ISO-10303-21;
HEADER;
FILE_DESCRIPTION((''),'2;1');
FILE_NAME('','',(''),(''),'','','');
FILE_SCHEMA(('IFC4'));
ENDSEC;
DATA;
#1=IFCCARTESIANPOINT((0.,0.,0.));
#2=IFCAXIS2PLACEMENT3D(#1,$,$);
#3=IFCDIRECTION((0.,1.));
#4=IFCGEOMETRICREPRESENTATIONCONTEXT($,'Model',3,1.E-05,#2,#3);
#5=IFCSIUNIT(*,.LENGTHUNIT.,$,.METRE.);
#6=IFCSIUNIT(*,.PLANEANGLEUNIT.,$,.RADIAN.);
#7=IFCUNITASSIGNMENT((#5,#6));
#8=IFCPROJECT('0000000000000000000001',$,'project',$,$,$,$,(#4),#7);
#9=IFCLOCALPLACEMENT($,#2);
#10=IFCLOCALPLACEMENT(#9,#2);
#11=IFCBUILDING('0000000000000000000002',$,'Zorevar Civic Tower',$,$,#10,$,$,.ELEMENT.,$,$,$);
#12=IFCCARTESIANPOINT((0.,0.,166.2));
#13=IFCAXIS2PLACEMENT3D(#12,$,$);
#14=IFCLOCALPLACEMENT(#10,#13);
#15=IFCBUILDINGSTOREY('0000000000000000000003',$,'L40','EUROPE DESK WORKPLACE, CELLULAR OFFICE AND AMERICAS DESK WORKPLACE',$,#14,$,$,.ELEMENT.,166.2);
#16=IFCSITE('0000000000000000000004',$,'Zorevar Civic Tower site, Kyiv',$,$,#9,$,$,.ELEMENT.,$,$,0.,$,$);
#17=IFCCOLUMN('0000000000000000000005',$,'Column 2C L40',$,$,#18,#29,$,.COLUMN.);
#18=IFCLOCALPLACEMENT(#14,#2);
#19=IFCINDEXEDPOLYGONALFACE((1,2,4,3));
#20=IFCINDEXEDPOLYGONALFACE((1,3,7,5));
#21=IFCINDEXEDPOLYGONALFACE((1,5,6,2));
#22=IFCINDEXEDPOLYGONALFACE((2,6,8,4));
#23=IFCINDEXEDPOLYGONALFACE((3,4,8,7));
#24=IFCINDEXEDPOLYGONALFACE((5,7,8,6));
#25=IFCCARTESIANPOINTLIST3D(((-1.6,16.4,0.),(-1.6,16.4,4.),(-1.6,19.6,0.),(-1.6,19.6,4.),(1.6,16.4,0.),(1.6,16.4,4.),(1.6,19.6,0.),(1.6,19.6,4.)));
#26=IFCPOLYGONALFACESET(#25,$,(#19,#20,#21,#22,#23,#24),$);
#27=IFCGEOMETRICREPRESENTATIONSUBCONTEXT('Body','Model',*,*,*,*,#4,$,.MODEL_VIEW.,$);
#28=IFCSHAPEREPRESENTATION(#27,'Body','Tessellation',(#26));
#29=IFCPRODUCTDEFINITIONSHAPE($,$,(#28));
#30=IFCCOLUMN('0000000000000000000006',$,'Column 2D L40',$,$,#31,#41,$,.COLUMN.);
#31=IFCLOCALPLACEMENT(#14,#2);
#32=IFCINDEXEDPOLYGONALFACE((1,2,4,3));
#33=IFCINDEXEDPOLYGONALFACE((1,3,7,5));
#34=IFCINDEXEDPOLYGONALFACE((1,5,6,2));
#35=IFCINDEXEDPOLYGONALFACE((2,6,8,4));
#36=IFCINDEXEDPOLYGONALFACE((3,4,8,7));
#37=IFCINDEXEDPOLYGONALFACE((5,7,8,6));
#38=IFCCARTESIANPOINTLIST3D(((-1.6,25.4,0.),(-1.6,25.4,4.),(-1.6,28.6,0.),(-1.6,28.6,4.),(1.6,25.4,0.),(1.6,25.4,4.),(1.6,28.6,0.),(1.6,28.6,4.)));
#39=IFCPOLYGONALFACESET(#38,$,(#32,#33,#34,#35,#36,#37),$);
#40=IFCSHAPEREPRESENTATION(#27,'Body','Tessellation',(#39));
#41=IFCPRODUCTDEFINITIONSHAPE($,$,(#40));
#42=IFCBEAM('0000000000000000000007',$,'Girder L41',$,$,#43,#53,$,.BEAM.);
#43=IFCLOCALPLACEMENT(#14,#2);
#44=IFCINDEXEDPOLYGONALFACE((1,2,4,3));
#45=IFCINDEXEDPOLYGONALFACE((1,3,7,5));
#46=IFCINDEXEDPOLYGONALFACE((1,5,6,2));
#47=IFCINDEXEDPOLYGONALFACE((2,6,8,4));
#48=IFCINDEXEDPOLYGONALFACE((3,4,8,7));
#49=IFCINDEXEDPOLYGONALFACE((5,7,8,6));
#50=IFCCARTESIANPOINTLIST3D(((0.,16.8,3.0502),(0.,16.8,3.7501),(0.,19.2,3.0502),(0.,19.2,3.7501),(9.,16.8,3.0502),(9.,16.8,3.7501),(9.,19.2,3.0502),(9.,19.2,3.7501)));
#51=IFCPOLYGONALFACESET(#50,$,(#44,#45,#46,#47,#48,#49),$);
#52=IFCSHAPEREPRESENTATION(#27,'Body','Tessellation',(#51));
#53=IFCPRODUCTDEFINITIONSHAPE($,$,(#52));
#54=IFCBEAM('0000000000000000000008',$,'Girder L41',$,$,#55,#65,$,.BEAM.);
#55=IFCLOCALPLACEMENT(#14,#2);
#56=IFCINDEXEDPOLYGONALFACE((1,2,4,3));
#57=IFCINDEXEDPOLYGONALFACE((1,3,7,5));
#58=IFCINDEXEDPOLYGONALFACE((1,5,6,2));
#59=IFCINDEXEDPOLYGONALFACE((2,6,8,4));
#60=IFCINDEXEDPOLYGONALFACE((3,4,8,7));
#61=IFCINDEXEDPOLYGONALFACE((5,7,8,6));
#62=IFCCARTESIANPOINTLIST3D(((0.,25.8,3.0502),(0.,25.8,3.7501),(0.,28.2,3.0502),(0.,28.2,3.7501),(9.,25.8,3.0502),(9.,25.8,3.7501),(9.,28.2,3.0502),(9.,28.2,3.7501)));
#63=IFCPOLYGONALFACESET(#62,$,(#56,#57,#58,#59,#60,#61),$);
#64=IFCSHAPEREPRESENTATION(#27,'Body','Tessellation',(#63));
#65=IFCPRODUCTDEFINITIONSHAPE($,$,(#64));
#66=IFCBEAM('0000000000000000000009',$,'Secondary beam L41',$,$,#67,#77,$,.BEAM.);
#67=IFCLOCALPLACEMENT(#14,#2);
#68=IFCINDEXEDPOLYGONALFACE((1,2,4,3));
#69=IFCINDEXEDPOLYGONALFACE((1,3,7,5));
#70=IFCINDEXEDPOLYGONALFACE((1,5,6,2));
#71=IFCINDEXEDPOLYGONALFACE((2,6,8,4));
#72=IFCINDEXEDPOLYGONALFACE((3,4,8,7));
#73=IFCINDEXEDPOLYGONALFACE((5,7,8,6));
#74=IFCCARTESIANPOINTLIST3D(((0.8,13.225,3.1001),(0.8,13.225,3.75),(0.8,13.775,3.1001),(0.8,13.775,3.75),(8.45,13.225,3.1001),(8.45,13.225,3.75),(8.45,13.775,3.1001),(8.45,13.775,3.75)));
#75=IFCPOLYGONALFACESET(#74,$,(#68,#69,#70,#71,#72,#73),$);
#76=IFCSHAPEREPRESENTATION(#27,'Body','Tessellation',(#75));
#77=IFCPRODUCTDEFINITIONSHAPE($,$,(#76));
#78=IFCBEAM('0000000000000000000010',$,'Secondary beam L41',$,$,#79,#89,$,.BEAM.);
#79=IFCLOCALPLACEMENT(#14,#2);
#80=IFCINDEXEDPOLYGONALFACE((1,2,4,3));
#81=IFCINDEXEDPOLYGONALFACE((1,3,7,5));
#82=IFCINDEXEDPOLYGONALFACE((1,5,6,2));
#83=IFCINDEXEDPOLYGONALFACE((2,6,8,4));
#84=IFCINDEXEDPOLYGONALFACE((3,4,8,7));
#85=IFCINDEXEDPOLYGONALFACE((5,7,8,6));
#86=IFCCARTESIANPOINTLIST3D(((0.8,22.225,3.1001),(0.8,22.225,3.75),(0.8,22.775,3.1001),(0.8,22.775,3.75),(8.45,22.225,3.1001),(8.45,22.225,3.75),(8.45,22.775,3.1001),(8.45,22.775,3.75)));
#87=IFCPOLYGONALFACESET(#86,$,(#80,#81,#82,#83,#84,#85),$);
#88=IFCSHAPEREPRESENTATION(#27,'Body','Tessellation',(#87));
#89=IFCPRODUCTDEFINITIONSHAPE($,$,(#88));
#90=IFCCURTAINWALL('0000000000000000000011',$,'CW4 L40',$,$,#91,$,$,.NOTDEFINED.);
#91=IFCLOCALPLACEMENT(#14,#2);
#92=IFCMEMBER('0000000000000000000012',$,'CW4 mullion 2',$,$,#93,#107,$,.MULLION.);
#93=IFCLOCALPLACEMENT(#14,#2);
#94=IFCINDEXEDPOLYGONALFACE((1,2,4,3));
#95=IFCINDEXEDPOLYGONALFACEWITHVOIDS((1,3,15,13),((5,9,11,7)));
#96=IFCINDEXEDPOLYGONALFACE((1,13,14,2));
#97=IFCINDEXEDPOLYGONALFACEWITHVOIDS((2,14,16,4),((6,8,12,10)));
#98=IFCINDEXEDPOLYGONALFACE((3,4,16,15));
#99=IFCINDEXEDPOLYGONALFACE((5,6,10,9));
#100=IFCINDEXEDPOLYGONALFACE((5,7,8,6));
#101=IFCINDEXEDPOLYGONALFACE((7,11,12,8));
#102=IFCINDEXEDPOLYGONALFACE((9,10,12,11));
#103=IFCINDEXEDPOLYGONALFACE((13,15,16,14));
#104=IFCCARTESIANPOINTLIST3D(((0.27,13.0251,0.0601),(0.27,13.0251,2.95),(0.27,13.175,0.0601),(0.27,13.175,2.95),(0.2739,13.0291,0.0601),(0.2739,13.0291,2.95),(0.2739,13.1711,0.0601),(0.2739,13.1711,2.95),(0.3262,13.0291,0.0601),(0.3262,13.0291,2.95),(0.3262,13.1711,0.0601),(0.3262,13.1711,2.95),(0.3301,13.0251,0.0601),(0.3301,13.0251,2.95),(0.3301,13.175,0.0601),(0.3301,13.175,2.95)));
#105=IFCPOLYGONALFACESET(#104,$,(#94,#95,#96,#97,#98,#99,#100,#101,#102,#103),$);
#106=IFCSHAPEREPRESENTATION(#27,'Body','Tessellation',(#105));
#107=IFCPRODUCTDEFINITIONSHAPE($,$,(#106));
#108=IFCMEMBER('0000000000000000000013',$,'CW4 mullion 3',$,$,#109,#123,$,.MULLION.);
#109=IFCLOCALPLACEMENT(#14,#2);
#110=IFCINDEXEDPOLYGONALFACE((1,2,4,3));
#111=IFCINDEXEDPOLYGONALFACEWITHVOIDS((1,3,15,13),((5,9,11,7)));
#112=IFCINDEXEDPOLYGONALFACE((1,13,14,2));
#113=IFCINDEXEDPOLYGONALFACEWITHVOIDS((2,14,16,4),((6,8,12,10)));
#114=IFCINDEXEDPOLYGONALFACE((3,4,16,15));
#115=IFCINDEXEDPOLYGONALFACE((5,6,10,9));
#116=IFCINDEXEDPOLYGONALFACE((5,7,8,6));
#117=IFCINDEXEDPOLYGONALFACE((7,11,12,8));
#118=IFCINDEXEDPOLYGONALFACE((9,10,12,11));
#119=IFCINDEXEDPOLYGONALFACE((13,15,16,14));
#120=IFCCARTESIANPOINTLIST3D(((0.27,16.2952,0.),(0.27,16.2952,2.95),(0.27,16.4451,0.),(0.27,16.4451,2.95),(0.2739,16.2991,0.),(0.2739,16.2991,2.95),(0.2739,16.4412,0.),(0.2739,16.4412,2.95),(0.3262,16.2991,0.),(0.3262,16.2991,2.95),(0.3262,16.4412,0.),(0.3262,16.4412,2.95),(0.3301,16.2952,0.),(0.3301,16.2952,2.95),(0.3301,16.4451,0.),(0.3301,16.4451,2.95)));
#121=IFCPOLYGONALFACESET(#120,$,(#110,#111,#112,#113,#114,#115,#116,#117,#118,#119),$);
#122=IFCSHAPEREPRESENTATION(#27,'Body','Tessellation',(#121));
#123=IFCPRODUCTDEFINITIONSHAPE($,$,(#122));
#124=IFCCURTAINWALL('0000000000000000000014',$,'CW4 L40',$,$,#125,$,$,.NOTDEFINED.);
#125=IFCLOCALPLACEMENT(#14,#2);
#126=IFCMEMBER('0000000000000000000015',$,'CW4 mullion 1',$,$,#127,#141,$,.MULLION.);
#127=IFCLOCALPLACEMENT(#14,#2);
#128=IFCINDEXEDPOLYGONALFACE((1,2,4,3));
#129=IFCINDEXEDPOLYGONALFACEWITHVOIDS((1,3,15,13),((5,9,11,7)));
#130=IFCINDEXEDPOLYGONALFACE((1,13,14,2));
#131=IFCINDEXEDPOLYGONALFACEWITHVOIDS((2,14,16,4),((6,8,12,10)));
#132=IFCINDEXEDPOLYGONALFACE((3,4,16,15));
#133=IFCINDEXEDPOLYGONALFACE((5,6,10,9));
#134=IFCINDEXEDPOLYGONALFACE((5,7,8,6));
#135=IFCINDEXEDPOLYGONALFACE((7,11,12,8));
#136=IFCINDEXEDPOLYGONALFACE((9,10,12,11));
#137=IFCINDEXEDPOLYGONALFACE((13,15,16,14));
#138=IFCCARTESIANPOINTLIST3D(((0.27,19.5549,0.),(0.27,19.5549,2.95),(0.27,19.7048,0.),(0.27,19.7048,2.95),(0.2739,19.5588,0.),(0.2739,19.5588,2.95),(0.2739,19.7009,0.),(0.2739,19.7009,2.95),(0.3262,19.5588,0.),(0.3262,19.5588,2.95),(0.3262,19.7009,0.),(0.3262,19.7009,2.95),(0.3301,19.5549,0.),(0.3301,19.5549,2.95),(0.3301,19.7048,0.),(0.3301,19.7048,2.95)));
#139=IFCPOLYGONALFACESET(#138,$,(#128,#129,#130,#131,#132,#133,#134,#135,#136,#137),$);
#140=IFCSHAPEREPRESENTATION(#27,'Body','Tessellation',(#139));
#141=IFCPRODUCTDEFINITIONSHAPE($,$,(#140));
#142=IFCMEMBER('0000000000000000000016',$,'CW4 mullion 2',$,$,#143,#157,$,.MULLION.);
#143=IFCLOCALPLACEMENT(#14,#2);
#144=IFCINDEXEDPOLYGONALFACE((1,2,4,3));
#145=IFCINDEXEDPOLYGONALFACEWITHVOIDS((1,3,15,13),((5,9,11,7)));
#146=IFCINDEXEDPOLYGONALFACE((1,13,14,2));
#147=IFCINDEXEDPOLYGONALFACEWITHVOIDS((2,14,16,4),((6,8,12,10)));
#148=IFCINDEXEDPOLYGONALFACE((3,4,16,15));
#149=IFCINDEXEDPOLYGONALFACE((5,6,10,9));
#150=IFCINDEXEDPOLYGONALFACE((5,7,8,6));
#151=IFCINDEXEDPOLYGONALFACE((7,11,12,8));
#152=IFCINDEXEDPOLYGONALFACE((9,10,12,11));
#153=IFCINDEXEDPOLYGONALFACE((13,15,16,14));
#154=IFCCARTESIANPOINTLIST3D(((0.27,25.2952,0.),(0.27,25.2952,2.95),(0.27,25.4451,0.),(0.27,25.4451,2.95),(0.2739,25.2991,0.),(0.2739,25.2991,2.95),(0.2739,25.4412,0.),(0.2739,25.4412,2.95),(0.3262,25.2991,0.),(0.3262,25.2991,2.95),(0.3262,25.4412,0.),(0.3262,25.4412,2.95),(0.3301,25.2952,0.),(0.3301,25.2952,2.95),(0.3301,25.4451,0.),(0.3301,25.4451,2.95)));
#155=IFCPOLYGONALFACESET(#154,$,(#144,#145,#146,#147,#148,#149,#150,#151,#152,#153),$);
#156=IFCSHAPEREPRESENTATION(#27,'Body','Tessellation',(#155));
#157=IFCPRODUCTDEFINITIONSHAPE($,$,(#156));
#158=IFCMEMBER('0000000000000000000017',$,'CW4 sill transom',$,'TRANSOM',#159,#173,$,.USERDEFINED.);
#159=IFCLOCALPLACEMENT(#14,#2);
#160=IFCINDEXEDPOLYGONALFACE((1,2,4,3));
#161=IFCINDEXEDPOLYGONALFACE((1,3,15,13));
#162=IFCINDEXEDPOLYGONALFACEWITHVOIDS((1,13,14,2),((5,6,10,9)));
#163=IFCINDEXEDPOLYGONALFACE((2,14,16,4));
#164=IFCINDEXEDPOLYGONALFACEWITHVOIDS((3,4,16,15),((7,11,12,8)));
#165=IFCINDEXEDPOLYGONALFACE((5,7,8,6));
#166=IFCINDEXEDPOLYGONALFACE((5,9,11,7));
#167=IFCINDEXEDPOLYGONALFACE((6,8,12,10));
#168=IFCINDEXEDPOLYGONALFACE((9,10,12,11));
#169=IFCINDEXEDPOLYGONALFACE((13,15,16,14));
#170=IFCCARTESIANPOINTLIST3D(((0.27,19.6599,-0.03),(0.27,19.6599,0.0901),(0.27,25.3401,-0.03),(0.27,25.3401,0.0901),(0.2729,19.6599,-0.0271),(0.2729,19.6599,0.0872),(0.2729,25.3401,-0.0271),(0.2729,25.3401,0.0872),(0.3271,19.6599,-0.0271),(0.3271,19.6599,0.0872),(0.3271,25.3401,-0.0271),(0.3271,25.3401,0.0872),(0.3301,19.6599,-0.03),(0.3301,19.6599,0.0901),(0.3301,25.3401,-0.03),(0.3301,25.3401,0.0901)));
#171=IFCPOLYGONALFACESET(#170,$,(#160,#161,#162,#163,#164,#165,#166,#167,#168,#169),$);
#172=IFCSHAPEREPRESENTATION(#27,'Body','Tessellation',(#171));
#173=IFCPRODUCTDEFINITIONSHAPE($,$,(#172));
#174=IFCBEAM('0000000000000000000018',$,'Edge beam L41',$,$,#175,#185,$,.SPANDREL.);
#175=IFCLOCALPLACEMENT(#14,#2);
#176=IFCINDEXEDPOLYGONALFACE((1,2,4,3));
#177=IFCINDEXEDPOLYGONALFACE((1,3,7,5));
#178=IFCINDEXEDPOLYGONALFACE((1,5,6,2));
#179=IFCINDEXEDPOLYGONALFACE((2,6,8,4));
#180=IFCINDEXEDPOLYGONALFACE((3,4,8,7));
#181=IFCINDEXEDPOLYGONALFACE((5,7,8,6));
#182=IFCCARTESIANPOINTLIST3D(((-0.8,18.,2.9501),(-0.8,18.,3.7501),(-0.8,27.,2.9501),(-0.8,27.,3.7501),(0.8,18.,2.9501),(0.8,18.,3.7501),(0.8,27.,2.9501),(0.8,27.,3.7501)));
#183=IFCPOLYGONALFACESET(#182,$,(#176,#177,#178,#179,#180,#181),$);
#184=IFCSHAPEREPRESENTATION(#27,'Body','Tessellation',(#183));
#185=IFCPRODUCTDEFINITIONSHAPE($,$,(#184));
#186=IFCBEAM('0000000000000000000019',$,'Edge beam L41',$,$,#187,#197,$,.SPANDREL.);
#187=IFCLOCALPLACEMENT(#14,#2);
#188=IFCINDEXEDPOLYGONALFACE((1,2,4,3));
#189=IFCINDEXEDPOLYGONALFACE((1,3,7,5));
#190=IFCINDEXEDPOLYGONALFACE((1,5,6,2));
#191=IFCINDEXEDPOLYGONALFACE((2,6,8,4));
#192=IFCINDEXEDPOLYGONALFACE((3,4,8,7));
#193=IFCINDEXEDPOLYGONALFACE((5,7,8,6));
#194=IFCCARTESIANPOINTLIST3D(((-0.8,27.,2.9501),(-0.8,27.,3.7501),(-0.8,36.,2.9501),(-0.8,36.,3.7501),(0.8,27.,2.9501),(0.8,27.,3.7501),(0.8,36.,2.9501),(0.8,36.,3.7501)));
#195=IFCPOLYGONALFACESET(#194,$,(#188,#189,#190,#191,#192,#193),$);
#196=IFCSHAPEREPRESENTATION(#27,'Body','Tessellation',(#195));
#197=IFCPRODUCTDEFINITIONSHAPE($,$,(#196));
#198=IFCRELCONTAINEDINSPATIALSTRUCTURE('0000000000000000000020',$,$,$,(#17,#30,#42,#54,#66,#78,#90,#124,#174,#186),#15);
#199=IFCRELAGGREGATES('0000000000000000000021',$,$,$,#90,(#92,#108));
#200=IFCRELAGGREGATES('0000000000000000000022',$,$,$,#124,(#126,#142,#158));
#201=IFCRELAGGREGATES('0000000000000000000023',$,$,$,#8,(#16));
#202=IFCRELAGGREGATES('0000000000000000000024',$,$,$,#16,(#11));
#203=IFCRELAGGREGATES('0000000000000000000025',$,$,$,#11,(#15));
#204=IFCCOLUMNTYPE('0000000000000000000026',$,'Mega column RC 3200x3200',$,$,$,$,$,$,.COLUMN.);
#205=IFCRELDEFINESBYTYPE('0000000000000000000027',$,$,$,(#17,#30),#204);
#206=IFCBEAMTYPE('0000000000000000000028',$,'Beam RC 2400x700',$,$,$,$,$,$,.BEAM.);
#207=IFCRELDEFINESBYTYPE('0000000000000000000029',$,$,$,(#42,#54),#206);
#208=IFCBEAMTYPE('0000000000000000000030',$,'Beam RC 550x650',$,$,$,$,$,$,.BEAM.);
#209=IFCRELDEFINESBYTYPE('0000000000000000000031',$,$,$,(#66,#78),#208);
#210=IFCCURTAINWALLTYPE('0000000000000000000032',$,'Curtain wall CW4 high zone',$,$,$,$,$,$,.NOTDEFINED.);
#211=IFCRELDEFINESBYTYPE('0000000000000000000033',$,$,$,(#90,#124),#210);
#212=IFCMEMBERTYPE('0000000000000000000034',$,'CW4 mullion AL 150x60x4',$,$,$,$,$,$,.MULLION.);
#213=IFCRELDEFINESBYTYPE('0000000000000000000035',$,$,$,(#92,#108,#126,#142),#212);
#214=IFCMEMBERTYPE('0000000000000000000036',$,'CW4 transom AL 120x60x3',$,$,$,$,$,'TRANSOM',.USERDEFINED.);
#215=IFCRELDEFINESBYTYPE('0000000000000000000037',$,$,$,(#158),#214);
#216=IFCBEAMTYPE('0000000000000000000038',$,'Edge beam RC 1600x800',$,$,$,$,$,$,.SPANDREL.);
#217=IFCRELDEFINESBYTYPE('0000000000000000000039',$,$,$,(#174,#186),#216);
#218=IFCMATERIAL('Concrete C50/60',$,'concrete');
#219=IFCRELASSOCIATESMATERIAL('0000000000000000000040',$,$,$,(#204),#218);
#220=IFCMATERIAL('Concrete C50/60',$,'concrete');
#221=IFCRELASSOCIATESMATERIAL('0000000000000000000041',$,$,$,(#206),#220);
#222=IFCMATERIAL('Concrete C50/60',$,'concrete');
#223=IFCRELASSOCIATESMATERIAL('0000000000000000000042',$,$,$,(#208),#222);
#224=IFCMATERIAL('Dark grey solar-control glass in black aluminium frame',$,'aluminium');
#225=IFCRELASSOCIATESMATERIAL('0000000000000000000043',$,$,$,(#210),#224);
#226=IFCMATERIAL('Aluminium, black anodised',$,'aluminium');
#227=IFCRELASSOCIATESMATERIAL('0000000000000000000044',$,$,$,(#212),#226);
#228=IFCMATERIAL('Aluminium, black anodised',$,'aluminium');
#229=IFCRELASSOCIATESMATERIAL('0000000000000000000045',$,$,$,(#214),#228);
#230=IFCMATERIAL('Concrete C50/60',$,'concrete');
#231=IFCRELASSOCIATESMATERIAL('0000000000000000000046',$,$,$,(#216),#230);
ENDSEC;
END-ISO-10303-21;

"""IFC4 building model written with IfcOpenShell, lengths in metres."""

from ifc_helpers import new_model, si_unit, direction, frame, origin, origin_2d, place, context, subcontext, project, spatial, rectangle, hollow_rectangle, extrude, material, material_profile, profile_set, type_object, element, aggregate, save


model = new_model("IFC4")

# Units and contexts
model_context = context("Model", 3, precision=1e-05, world=origin(), true_north=direction((0.0, 1.0)))
body_context = subcontext(model_context, "Body", "Model", "MODEL_VIEW")
ifc_project = project(units=[si_unit("LENGTHUNIT", "METRE"), si_unit("PLANEANGLEUNIT", "RADIAN")], contexts=[model_context])

# Site, building, storey
site_placement = place(None, origin())
site = spatial("IfcSite", under=ifc_project, at=site_placement, Name="Zorevar Civic Tower site, Kyiv", CompositionType="ELEMENT", RefElevation=0.0)
building_placement = place(site_placement, origin())
building = spatial("IfcBuilding", under=site, at=building_placement, Name="Zorevar Civic Tower", CompositionType="ELEMENT")
storey_placement = place(building_placement, frame((0.0, 0.0, 166.2)))
storey = spatial("IfcBuildingStorey", under=building, at=storey_placement, Name="L40", Description="EUROPE DESK WORKPLACE, CELLULAR OFFICE AND AMERICAS DESK WORKPLACE", CompositionType="ELEMENT", Elevation=166.2)

# Columns
ifc_material_1 = material(Name="Concrete C50/60", Category="concrete")
ifc_material_profile_1 = material_profile(ifc_material_1, rectangle(XDim=3.2, YDim=3.2, at=origin_2d()), Name="RC 3200x3200")
ifc_profile_set_1 = profile_set([ifc_material_profile_1], Name="Concrete C50/60")
column_type = type_object("IfcColumnType", Name="Mega column RC 3200x3200", PredefinedType="COLUMN", material=ifc_profile_set_1)
for number, where, z_axis, x_axis, name in (
    (1, (0.0, 18.0, 0.0), (0.0, 0.0, 1.0), (1.0, 0.0, 0.0), "Column 2C L40"),
    (2, (0.0, 27.0, 0.0), (0.0, 0.0, 1.0), (1.0, 0.0, 0.0), "Column 2D L40"),
):
    element("IfcColumn", number, at=place(storey_placement, frame(where, z_axis=z_axis, x_axis=x_axis)), inside=storey, type_object=column_type, Name=name, PredefinedType="COLUMN", context=body_context, shape_type="SweptSolid", body=[
        extrude(rectangle(XDim=3.2, YDim=3.2, at=origin_2d()), origin(), (0.0, 0.0, 1.0), 4.0),
    ])

# Beams
ifc_material_2 = material(Name="Concrete C50/60", Category="concrete")
ifc_material_profile_2 = material_profile(ifc_material_2, rectangle(XDim=2.3999, YDim=0.7, at=origin_2d()), Name="RC 2400x700")
ifc_profile_set_2 = profile_set([ifc_material_profile_2], Name="Concrete C50/60")
beam_type_1 = type_object("IfcBeamType", Name="Beam RC 2400x700", PredefinedType="BEAM", material=ifc_profile_set_2)
for number, where, z_axis, x_axis, name in (
    (3, (0.0, 18.0, 3.4001), (1.0, 0.0, 0.0), (0.0, 1.0, 0.0), "Girder L41"),
    (4, (0.0, 27.0, 3.4001), (1.0, 0.0, 0.0), (0.0, 1.0, 0.0), "Girder L41"),
):
    element("IfcBeam", number, at=place(storey_placement, frame(where, z_axis=z_axis, x_axis=x_axis)), inside=storey, type_object=beam_type_1, Name=name, PredefinedType="BEAM", context=body_context, shape_type="SweptSolid", body=[
        extrude(rectangle(XDim=2.3999, YDim=0.7, at=origin_2d()), origin(), (0.0, 0.0, 1.0), 9.0),
    ])
ifc_material_3 = material(Name="Concrete C50/60", Category="concrete")
ifc_material_profile_3 = material_profile(ifc_material_3, rectangle(XDim=0.55, YDim=0.6499, at=origin_2d()), Name="RC 550x650")
ifc_profile_set_3 = profile_set([ifc_material_profile_3], Name="Concrete C50/60")
beam_type_2 = type_object("IfcBeamType", Name="Beam RC 550x650", PredefinedType="BEAM", material=ifc_profile_set_3)
for number, where, z_axis, x_axis, name in (
    (5, (0.8, 13.5, 3.425), (1.0, 0.0, 0.0), (0.0, 1.0, 0.0), "Secondary beam L41"),
    (6, (0.8, 22.5, 3.425), (1.0, 0.0, 0.0), (0.0, 1.0, 0.0), "Secondary beam L41"),
):
    element("IfcBeam", number, at=place(storey_placement, frame(where, z_axis=z_axis, x_axis=x_axis)), inside=storey, type_object=beam_type_2, Name=name, PredefinedType="BEAM", context=body_context, shape_type="SweptSolid", body=[
        extrude(rectangle(XDim=0.55, YDim=0.6499, at=origin_2d()), origin(), (0.0, 0.0, 1.0), 7.6499),
    ])

# Curtain walls, members
ifc_material_4 = material(Name="Dark grey solar-control glass in black aluminium frame", Category="aluminium")
curtain_wall_type = type_object("IfcCurtainWallType", Name="Curtain wall CW4 high zone", PredefinedType="NOTDEFINED", material=ifc_material_4)
curtain_wall_1_placement = place(storey_placement, origin())
curtain_wall_1 = element("IfcCurtainWall", 7, at=curtain_wall_1_placement, inside=storey, type_object=curtain_wall_type, Name="CW4 L40", PredefinedType="NOTDEFINED")
ifc_material_5 = material(Name="Aluminium, black anodised", Category="aluminium")
ifc_material_profile_4 = material_profile(ifc_material_5, hollow_rectangle(XDim=0.0601, YDim=0.1499, WallThickness=0.0039, at=origin_2d()), Name="AL 150x60x4")
ifc_profile_set_4 = profile_set([ifc_material_profile_4], Name="Aluminium, black anodised")
member_type_1 = type_object("IfcMemberType", Name="CW4 mullion AL 150x60x4", PredefinedType="MULLION", material=ifc_profile_set_4)
member_1_placement = place(storey_placement, frame((0.3, 13.1001, 0.0601), z_axis=(0.0, 0.0, 1.0), x_axis=(-1.0, 0.0, 0.0)))
member_1 = element("IfcMember", 8, at=member_1_placement, type_object=member_type_1, Name="CW4 mullion 2", PredefinedType="MULLION", context=body_context, shape_type="SweptSolid", body=[
    extrude(hollow_rectangle(XDim=0.0601, YDim=0.1499, WallThickness=0.0039, at=origin_2d()), origin(), (0.0, 0.0, 1.0), 2.8899),
])
member_2_placement = place(storey_placement, frame((0.3, 16.3701, 0.0), z_axis=(0.0, 0.0, 1.0), x_axis=(-1.0, 0.0, 0.0)))
member_2 = element("IfcMember", 9, at=member_2_placement, type_object=member_type_1, Name="CW4 mullion 3", PredefinedType="MULLION", context=body_context, shape_type="SweptSolid", body=[
    extrude(hollow_rectangle(XDim=0.0601, YDim=0.1499, WallThickness=0.0039, at=origin_2d()), origin(), (0.0, 0.0, 1.0), 2.95),
])
curtain_wall_2_placement = place(storey_placement, origin())
curtain_wall_2 = element("IfcCurtainWall", 10, at=curtain_wall_2_placement, inside=storey, type_object=curtain_wall_type, Name="CW4 L40", PredefinedType="NOTDEFINED")
member_3_placement = place(storey_placement, frame((0.3, 19.6299, 0.0), z_axis=(0.0, 0.0, 1.0), x_axis=(-1.0, 0.0, 0.0)))
member_3 = element("IfcMember", 11, at=member_3_placement, type_object=member_type_1, Name="CW4 mullion 1", PredefinedType="MULLION", context=body_context, shape_type="SweptSolid", body=[
    extrude(hollow_rectangle(XDim=0.0601, YDim=0.1499, WallThickness=0.0039, at=origin_2d()), origin(), (0.0, 0.0, 1.0), 2.95),
])
member_4_placement = place(storey_placement, frame((0.3, 25.3701, 0.0), z_axis=(0.0, 0.0, 1.0), x_axis=(-1.0, 0.0, 0.0)))
member_4 = element("IfcMember", 12, at=member_4_placement, type_object=member_type_1, Name="CW4 mullion 2", PredefinedType="MULLION", context=body_context, shape_type="SweptSolid", body=[
    extrude(hollow_rectangle(XDim=0.0601, YDim=0.1499, WallThickness=0.0039, at=origin_2d()), origin(), (0.0, 0.0, 1.0), 2.95),
])
ifc_material_6 = material(Name="Aluminium, black anodised", Category="aluminium")
ifc_material_profile_5 = material_profile(ifc_material_6, hollow_rectangle(XDim=0.0601, YDim=0.1201, WallThickness=0.0029, at=origin_2d()), Name="AL 120x60x3")
ifc_profile_set_5 = profile_set([ifc_material_profile_5], Name="Aluminium, black anodised")
member_type_2 = type_object("IfcMemberType", Name="CW4 transom AL 120x60x3", ElementType="TRANSOM", PredefinedType="USERDEFINED", material=ifc_profile_set_5)
member_5_placement = place(storey_placement, frame((0.3, 19.6599, 0.03), z_axis=(0.0, 1.0, 0.0), x_axis=(-1.0, 0.0, 0.0)))
member_5 = element("IfcMember", 13, at=member_5_placement, type_object=member_type_2, Name="CW4 sill transom", ObjectType="TRANSOM", PredefinedType="USERDEFINED", context=body_context, shape_type="SweptSolid", body=[
    extrude(hollow_rectangle(XDim=0.0601, YDim=0.1201, WallThickness=0.0029, at=origin_2d()), origin(), (0.0, 0.0, 1.0), 5.6802),
])

# Beams
ifc_material_7 = material(Name="Concrete C50/60", Category="concrete")
ifc_material_profile_6 = material_profile(ifc_material_7, rectangle(XDim=1.6001, YDim=0.8, at=origin_2d()), Name="RC 1600x800")
ifc_profile_set_6 = profile_set([ifc_material_profile_6], Name="Concrete C50/60")
beam_type_3 = type_object("IfcBeamType", Name="Edge beam RC 1600x800", PredefinedType="SPANDREL", material=ifc_profile_set_6)
for number, where, z_axis, x_axis, name in (
    (14, (0.0, 18.0, 3.3501), (0.0, 1.0, 0.0), (-1.0, 0.0, 0.0), "Edge beam L41"),
    (15, (0.0, 27.0, 3.3501), (0.0, 1.0, 0.0), (-1.0, 0.0, 0.0), "Edge beam L41"),
):
    element("IfcBeam", number, at=place(storey_placement, frame(where, z_axis=z_axis, x_axis=x_axis)), inside=storey, type_object=beam_type_3, Name=name, PredefinedType="SPANDREL", context=body_context, shape_type="SweptSolid", body=[
        extrude(rectangle(XDim=1.6001, YDim=0.8, at=origin_2d()), origin(), (0.0, 0.0, 1.0), 9.0),
    ])

aggregate(curtain_wall_1, [member_1, member_2])
aggregate(curtain_wall_2, [member_3, member_4, member_5])

save(model, "model.ifc")
